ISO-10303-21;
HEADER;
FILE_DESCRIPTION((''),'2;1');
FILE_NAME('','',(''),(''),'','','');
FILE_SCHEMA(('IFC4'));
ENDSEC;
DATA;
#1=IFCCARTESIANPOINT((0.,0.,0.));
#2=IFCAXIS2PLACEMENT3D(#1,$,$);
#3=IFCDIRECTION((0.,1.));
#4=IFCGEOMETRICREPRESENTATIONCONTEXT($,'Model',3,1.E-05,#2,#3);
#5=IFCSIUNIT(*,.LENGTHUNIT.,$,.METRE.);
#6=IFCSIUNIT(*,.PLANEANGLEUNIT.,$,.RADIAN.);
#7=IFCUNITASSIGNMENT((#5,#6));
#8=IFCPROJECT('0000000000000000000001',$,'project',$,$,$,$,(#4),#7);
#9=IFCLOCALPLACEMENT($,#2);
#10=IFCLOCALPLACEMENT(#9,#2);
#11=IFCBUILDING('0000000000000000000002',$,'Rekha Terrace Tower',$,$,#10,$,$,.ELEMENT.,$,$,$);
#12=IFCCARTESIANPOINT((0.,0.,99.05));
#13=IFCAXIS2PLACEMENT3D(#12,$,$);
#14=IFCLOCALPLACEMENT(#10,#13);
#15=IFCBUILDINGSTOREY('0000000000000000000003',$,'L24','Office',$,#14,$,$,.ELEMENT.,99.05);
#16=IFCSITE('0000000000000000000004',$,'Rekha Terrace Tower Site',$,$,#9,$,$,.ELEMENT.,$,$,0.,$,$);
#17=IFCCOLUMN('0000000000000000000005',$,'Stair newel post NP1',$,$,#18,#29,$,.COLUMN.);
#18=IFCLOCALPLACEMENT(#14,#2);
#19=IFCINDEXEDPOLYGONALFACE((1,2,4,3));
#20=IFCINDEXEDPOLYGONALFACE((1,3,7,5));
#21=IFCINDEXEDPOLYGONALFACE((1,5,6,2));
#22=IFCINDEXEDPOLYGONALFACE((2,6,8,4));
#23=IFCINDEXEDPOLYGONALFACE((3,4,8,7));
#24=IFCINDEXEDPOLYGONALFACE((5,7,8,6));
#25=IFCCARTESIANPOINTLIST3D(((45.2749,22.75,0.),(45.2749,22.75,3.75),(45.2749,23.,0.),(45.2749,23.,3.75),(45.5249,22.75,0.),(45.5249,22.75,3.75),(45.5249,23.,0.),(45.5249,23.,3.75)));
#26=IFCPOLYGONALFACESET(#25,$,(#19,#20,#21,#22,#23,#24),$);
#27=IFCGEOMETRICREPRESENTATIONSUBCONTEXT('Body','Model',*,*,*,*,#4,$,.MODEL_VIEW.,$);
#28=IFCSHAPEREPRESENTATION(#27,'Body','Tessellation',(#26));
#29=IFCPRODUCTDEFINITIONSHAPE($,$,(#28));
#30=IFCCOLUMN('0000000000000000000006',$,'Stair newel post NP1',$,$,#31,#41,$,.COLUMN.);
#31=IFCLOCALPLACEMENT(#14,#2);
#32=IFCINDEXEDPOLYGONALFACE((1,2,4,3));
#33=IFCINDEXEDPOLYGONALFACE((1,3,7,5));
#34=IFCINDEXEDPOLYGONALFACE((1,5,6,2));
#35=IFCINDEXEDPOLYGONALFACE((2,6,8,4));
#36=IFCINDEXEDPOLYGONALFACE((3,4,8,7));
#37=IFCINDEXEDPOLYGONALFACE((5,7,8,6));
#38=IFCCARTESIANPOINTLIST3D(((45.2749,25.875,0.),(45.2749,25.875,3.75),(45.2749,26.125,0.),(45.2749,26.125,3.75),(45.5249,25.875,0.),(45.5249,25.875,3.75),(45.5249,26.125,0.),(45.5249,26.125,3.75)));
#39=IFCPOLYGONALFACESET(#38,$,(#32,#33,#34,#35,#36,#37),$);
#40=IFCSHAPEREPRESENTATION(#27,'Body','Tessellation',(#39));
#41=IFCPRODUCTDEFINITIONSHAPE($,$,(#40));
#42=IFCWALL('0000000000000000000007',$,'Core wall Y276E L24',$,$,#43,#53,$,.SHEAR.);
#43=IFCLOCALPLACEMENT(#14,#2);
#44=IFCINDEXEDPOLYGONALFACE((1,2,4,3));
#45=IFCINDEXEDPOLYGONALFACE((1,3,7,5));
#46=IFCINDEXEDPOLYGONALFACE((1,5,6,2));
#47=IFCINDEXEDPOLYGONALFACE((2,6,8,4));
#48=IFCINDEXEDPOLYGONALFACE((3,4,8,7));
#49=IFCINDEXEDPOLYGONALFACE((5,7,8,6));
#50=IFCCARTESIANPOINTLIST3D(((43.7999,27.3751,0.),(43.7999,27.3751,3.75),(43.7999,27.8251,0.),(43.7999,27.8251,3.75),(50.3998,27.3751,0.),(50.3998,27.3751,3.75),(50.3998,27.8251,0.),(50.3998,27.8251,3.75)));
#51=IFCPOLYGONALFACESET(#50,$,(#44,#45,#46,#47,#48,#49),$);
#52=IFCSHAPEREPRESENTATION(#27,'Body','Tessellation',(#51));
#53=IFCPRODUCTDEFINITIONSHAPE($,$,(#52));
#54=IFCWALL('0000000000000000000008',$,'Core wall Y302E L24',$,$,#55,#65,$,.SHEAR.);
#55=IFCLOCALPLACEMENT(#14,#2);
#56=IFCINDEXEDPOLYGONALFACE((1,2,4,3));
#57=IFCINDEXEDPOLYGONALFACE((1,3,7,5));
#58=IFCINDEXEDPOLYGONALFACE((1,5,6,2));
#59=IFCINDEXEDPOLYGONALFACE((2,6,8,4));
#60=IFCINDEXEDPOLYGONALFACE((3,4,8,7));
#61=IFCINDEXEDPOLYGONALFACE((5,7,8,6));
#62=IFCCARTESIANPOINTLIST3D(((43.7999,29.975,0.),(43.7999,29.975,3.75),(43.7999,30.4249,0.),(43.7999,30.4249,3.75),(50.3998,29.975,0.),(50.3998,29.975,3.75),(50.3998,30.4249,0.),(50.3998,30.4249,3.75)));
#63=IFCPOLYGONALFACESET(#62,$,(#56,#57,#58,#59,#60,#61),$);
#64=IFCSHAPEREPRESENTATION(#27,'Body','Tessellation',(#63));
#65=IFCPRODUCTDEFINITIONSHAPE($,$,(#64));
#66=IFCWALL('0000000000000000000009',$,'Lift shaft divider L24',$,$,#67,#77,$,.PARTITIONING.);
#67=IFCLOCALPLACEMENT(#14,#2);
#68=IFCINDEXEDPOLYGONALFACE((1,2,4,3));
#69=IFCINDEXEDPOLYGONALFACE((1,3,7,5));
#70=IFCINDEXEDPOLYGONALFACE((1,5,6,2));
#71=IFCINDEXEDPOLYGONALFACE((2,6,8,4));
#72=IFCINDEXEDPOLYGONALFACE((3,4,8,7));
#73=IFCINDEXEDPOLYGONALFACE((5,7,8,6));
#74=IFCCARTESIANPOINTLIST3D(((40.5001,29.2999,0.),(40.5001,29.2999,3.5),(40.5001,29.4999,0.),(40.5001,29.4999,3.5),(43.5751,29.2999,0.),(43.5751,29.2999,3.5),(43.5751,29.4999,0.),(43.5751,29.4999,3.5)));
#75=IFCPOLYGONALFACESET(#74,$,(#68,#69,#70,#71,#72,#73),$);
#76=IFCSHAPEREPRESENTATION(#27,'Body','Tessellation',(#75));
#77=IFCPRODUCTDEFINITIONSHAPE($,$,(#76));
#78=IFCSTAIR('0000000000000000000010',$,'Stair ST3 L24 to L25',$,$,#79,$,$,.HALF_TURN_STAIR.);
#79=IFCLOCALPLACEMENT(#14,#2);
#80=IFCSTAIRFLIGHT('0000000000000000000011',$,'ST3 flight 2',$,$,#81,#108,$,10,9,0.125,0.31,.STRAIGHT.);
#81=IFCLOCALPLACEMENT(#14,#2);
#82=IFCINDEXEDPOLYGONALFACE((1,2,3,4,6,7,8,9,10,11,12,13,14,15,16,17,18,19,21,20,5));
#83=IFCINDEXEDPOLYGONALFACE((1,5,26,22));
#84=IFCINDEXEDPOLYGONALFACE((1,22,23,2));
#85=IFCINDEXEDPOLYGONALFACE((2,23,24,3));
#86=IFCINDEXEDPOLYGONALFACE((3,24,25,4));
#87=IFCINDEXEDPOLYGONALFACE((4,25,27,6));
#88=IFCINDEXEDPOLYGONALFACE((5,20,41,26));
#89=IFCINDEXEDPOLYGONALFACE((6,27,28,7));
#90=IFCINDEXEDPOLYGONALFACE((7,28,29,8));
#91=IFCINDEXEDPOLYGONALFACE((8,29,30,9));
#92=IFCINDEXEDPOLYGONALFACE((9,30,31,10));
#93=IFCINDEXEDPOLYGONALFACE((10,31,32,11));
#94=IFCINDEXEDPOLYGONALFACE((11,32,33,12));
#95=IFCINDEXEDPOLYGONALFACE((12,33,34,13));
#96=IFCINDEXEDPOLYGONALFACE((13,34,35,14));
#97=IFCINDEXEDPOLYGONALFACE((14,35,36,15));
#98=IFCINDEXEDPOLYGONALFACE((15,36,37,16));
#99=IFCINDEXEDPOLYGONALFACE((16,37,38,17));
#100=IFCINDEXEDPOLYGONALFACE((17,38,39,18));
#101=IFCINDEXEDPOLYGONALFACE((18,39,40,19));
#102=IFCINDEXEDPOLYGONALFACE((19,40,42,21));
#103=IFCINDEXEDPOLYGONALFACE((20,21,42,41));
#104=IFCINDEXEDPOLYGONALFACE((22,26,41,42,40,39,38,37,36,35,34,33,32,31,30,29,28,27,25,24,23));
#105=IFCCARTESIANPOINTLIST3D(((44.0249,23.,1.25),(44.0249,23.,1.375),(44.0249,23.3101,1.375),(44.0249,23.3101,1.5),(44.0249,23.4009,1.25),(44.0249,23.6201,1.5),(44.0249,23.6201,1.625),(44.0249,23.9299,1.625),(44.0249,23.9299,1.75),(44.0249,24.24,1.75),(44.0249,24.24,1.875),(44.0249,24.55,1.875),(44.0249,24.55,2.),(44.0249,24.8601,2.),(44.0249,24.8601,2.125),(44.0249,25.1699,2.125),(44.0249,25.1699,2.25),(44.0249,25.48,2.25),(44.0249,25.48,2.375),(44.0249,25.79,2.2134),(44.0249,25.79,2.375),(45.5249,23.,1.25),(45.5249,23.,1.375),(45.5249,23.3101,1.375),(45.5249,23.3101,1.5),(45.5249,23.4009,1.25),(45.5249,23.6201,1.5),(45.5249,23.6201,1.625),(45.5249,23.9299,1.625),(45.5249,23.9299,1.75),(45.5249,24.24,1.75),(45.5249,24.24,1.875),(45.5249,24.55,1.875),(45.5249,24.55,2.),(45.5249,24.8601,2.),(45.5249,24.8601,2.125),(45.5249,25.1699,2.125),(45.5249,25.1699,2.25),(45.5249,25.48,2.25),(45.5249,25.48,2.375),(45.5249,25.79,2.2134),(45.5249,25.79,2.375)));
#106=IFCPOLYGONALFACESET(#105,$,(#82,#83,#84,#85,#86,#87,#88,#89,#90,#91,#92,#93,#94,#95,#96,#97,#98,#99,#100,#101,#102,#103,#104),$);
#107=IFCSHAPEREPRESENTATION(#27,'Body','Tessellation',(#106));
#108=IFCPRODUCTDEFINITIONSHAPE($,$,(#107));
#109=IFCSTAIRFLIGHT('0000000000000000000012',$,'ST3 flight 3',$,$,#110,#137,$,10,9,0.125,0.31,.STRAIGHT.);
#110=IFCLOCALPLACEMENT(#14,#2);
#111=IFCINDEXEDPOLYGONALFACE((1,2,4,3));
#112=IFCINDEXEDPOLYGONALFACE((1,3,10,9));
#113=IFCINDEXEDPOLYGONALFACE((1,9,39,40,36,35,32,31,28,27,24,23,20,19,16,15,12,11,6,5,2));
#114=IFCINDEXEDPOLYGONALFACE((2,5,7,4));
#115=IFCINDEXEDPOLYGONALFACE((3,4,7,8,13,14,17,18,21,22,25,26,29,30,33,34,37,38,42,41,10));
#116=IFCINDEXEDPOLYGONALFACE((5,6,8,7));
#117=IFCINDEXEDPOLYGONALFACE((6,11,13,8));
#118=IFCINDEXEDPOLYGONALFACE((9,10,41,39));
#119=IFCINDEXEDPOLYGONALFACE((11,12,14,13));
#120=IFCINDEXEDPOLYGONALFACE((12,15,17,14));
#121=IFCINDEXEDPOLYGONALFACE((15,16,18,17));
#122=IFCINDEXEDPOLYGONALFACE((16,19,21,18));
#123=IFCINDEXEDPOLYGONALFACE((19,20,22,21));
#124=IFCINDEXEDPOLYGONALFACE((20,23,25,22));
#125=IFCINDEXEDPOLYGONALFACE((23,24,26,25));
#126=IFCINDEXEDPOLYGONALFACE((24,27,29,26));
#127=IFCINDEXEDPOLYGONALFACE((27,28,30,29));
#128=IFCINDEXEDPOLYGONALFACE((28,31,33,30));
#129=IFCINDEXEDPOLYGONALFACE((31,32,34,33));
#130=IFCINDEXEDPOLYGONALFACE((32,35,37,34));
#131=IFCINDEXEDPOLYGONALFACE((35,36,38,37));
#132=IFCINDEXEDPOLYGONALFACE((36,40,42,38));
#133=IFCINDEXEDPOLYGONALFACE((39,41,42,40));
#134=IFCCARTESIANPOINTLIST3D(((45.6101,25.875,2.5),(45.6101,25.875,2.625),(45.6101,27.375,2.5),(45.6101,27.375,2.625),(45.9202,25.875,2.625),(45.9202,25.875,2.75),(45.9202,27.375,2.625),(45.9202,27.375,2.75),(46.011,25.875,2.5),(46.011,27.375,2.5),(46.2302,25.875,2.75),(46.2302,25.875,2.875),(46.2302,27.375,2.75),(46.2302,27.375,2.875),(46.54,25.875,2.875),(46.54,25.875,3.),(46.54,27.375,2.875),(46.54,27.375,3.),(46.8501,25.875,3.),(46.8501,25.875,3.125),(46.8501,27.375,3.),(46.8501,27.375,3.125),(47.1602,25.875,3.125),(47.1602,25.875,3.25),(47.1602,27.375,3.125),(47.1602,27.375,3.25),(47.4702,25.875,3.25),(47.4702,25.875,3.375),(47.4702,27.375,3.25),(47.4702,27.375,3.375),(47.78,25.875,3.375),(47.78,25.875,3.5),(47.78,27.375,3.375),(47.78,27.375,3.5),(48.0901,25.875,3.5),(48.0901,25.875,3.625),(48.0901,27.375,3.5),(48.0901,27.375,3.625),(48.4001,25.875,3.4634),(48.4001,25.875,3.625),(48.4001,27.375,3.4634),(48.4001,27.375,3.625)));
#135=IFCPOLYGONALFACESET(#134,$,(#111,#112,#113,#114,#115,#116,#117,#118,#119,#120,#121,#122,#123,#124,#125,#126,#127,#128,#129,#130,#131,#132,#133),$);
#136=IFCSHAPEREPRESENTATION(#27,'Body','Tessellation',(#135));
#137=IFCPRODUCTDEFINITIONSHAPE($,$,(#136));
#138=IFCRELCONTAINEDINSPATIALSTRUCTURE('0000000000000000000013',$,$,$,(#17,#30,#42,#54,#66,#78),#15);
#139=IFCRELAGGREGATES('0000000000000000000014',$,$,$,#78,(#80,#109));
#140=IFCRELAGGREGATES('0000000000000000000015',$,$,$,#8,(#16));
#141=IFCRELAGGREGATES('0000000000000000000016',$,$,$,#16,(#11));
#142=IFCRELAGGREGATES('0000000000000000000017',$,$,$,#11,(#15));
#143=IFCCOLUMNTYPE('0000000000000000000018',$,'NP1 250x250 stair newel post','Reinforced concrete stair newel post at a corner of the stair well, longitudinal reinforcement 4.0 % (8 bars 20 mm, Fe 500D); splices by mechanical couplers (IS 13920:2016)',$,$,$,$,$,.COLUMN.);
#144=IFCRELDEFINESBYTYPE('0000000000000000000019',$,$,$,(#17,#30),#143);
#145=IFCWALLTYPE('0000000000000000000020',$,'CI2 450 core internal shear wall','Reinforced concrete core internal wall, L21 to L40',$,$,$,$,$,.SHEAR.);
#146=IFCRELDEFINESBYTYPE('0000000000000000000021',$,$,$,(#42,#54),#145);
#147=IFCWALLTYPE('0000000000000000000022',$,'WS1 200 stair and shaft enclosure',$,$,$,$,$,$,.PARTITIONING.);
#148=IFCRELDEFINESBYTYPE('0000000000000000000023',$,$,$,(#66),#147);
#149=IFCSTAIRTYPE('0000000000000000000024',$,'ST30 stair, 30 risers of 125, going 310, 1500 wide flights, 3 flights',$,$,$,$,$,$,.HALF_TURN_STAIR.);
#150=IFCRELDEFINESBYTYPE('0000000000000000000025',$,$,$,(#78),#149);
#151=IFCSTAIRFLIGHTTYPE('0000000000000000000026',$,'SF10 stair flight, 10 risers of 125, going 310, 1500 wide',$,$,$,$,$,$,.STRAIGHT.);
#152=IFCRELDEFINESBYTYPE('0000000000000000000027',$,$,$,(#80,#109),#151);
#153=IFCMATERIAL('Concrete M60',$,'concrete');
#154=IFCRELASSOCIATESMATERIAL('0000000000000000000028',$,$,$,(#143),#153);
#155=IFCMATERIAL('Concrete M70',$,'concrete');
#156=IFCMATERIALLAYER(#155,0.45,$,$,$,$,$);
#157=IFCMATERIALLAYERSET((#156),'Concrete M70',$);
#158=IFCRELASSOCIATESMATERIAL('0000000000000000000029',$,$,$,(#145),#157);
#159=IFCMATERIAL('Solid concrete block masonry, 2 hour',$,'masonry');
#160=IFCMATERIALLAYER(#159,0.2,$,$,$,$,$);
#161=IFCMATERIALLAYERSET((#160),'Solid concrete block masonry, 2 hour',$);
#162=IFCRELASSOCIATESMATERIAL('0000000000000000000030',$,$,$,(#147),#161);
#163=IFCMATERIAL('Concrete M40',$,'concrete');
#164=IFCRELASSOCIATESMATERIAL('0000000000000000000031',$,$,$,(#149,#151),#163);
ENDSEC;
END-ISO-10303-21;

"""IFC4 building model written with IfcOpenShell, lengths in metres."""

from ifc_helpers import new_model, si_unit, direction, frame, frame_2d, origin, origin_2d, place, context, subcontext, project, spatial, polyline, rectangle, outline, extrude, material, layer, layer_set, material_profile, profile_set, type_object, element, aggregate, save


model = new_model("IFC4")

# Units and contexts
model_context = context("Model", 3, precision=1e-05, world=origin(), true_north=direction((0.0, 1.0)))
body_context = subcontext(model_context, "Body", "Model", "MODEL_VIEW")
ifc_project = project(units=[si_unit("LENGTHUNIT", "METRE"), si_unit("PLANEANGLEUNIT", "RADIAN")], contexts=[model_context])

# Site, building, storey
site_placement = place(None, origin())
site = spatial("IfcSite", under=ifc_project, at=site_placement, Name="Rekha Terrace Tower Site", CompositionType="ELEMENT", RefElevation=0.0)
building_placement = place(site_placement, origin())
building = spatial("IfcBuilding", under=site, at=building_placement, Name="Rekha Terrace Tower", CompositionType="ELEMENT")
storey_placement = place(building_placement, frame((0.0, 0.0, 99.05)))
storey = spatial("IfcBuildingStorey", under=building, at=storey_placement, Name="L24", Description="Office", CompositionType="ELEMENT", Elevation=99.05)

# Columns
ifc_material_1 = material(Name="Concrete M60", Category="concrete")
ifc_material_profile = material_profile(ifc_material_1, rectangle(XDim=0.25, YDim=0.25, at=origin_2d()), Name="RC 250x250")
ifc_profile_set = profile_set([ifc_material_profile], Name="Concrete M60")
column_type = type_object("IfcColumnType", Name="NP1 250x250 stair newel post", Description="Reinforced concrete stair newel post at a corner of the stair well, longitudinal reinforcement 4.0 % (8 bars 20 mm, Fe 500D); splices by mechanical couplers (IS 13920:2016)", PredefinedType="COLUMN", material=ifc_profile_set)
for number, where, z_axis, x_axis, name in (
    (1, (45.3999, 22.875, 0.0), (0.0, 0.0, 1.0), (1.0, 0.0, 0.0), "Stair newel post NP1"),
    (2, (45.3999, 26.0, 0.0), (0.0, 0.0, 1.0), (1.0, 0.0, 0.0), "Stair newel post NP1"),
):
    element("IfcColumn", number, at=place(storey_placement, frame(where, z_axis=z_axis, x_axis=x_axis)), inside=storey, type_object=column_type, Name=name, PredefinedType="COLUMN", context=body_context, shape_type="SweptSolid", body=[
        extrude(rectangle(XDim=0.25, YDim=0.25, at=origin_2d()), origin(), (0.0, 0.0, 1.0), 3.75),
    ])

# Walls
ifc_material_2 = material(Name="Concrete M70", Category="concrete")
ifc_layer_1 = layer(ifc_material_2, 0.45)
ifc_layer_set_1 = layer_set([ifc_layer_1], Name="Concrete M70")
wall_type_1 = type_object("IfcWallType", Name="CI2 450 core internal shear wall", Description="Reinforced concrete core internal wall, L21 to L40", PredefinedType="SHEAR", material=ifc_layer_set_1)
for number, where, z_axis, x_axis, name in (
    (3, (43.8, 27.6001, 0.0), (0.0, 0.0, 1.0), (1.0, 0.0, 0.0), "Core wall Y276E L24"),
    (4, (43.8, 30.2, 0.0), (0.0, 0.0, 1.0), (1.0, 0.0, 0.0), "Core wall Y302E L24"),
):
    element("IfcWall", number, at=place(storey_placement, frame(where, z_axis=z_axis, x_axis=x_axis)), inside=storey, type_object=wall_type_1, Name=name, PredefinedType="SHEAR", context=body_context, shape_type="SweptSolid", body=[
        extrude(rectangle(XDim=6.5999, YDim=0.45, at=frame_2d((3.2998, 0.0))), origin(), (0.0, 0.0, 1.0), 3.75),
    ])
ifc_material_3 = material(Name="Solid concrete block masonry, 2 hour", Category="masonry")
ifc_layer_2 = layer(ifc_material_3, 0.2)
ifc_layer_set_2 = layer_set([ifc_layer_2], Name="Solid concrete block masonry, 2 hour")
wall_type_2 = type_object("IfcWallType", Name="WS1 200 stair and shaft enclosure", PredefinedType="PARTITIONING", material=ifc_layer_set_2)
wall_placement = place(storey_placement, frame((40.5, 29.3999, 0.0), z_axis=(0.0, 0.0, 1.0), x_axis=(1.0, 0.0, 0.0)))
element("IfcWall", 5, at=wall_placement, inside=storey, type_object=wall_type_2, Name="Lift shaft divider L24", PredefinedType="PARTITIONING", context=body_context, shape_type="SweptSolid", body=[
    extrude(rectangle(XDim=3.075, YDim=0.2, at=frame_2d((1.5376, 0.0))), origin(), (0.0, 0.0, 1.0), 3.5),
])

# Stair, stair flights
ifc_material_4 = material(Name="Concrete M40", Category="concrete")
stair_type = type_object("IfcStairType", Name="ST30 stair, 30 risers of 125, going 310, 1500 wide flights, 3 flights", PredefinedType="HALF_TURN_STAIR", material=ifc_material_4)
stair_placement = place(storey_placement, origin())
stair = element("IfcStair", 6, at=stair_placement, inside=storey, type_object=stair_type, Name="Stair ST3 L24 to L25", PredefinedType="HALF_TURN_STAIR")
stair_flight_type = type_object("IfcStairFlightType", Name="SF10 stair flight, 10 risers of 125, going 310, 1500 wide", PredefinedType="STRAIGHT", material=ifc_material_4)
stair_flight_1_placement = place(storey_placement, frame((44.7749, 23.0, 1.25), z_axis=(0.0, 0.0, 1.0), x_axis=(0.0, 1.0, 0.0)))
stair_flight_1 = element("IfcStairFlight", 7, at=stair_flight_1_placement, type_object=stair_flight_type, Name="ST3 flight 2", NumberOfRisers=10, NumberOfTreads=9, PredefinedType="STRAIGHT", RiserHeight=0.125, TreadLength=0.31, context=body_context, shape_type="SweptSolid", body=[
    extrude(outline(polyline([(0.0, 0.0), (0.0, 0.125), (0.3101, 0.125), (0.3101, 0.25), (0.6201, 0.25), (0.6201, 0.375), (0.9299, 0.375), (0.9299, 0.5), (1.24, 0.5), (1.24, 0.625), (1.55, 0.625), (1.55, 0.75), (1.8601, 0.75), (1.8601, 0.875), (2.1699, 0.875), (2.1699, 1.0), (2.48, 1.0), (2.48, 1.125), (2.79, 1.125), (2.79, 1.25), (2.79, 0.9634), (0.4009, 0.0), (0.0, 0.0)])), frame((0.0, 0.75, 0.0), z_axis=(0.0, -1.0, 0.0), x_axis=(1.0, 0.0, 0.0)), (0.0, 0.0, 1.0), 1.5),
])
stair_flight_2_placement = place(storey_placement, frame((45.6101, 26.625, 2.5), z_axis=(0.0, 0.0, 1.0), x_axis=(1.0, 0.0, 0.0)))
stair_flight_2 = element("IfcStairFlight", 8, at=stair_flight_2_placement, type_object=stair_flight_type, Name="ST3 flight 3", NumberOfRisers=10, NumberOfTreads=9, PredefinedType="STRAIGHT", RiserHeight=0.125, TreadLength=0.31, context=body_context, shape_type="SweptSolid", body=[
    extrude(outline(polyline([(0.0, 0.0), (0.0, 0.125), (0.3101, 0.125), (0.3101, 0.25), (0.6201, 0.25), (0.6201, 0.375), (0.9299, 0.375), (0.9299, 0.5), (1.24, 0.5), (1.24, 0.625), (1.55, 0.625), (1.55, 0.75), (1.8601, 0.75), (1.8601, 0.875), (2.1699, 0.875), (2.1699, 1.0), (2.48, 1.0), (2.48, 1.125), (2.79, 1.125), (2.79, 1.25), (2.79, 0.9634), (0.4009, 0.0), (0.0, 0.0)])), frame((0.0, 0.75, 0.0), z_axis=(0.0, -1.0, 0.0), x_axis=(1.0, 0.0, 0.0)), (0.0, 0.0, 1.0), 1.5),
])
aggregate(stair, [stair_flight_1, stair_flight_2])

save(model, "model.ifc")
